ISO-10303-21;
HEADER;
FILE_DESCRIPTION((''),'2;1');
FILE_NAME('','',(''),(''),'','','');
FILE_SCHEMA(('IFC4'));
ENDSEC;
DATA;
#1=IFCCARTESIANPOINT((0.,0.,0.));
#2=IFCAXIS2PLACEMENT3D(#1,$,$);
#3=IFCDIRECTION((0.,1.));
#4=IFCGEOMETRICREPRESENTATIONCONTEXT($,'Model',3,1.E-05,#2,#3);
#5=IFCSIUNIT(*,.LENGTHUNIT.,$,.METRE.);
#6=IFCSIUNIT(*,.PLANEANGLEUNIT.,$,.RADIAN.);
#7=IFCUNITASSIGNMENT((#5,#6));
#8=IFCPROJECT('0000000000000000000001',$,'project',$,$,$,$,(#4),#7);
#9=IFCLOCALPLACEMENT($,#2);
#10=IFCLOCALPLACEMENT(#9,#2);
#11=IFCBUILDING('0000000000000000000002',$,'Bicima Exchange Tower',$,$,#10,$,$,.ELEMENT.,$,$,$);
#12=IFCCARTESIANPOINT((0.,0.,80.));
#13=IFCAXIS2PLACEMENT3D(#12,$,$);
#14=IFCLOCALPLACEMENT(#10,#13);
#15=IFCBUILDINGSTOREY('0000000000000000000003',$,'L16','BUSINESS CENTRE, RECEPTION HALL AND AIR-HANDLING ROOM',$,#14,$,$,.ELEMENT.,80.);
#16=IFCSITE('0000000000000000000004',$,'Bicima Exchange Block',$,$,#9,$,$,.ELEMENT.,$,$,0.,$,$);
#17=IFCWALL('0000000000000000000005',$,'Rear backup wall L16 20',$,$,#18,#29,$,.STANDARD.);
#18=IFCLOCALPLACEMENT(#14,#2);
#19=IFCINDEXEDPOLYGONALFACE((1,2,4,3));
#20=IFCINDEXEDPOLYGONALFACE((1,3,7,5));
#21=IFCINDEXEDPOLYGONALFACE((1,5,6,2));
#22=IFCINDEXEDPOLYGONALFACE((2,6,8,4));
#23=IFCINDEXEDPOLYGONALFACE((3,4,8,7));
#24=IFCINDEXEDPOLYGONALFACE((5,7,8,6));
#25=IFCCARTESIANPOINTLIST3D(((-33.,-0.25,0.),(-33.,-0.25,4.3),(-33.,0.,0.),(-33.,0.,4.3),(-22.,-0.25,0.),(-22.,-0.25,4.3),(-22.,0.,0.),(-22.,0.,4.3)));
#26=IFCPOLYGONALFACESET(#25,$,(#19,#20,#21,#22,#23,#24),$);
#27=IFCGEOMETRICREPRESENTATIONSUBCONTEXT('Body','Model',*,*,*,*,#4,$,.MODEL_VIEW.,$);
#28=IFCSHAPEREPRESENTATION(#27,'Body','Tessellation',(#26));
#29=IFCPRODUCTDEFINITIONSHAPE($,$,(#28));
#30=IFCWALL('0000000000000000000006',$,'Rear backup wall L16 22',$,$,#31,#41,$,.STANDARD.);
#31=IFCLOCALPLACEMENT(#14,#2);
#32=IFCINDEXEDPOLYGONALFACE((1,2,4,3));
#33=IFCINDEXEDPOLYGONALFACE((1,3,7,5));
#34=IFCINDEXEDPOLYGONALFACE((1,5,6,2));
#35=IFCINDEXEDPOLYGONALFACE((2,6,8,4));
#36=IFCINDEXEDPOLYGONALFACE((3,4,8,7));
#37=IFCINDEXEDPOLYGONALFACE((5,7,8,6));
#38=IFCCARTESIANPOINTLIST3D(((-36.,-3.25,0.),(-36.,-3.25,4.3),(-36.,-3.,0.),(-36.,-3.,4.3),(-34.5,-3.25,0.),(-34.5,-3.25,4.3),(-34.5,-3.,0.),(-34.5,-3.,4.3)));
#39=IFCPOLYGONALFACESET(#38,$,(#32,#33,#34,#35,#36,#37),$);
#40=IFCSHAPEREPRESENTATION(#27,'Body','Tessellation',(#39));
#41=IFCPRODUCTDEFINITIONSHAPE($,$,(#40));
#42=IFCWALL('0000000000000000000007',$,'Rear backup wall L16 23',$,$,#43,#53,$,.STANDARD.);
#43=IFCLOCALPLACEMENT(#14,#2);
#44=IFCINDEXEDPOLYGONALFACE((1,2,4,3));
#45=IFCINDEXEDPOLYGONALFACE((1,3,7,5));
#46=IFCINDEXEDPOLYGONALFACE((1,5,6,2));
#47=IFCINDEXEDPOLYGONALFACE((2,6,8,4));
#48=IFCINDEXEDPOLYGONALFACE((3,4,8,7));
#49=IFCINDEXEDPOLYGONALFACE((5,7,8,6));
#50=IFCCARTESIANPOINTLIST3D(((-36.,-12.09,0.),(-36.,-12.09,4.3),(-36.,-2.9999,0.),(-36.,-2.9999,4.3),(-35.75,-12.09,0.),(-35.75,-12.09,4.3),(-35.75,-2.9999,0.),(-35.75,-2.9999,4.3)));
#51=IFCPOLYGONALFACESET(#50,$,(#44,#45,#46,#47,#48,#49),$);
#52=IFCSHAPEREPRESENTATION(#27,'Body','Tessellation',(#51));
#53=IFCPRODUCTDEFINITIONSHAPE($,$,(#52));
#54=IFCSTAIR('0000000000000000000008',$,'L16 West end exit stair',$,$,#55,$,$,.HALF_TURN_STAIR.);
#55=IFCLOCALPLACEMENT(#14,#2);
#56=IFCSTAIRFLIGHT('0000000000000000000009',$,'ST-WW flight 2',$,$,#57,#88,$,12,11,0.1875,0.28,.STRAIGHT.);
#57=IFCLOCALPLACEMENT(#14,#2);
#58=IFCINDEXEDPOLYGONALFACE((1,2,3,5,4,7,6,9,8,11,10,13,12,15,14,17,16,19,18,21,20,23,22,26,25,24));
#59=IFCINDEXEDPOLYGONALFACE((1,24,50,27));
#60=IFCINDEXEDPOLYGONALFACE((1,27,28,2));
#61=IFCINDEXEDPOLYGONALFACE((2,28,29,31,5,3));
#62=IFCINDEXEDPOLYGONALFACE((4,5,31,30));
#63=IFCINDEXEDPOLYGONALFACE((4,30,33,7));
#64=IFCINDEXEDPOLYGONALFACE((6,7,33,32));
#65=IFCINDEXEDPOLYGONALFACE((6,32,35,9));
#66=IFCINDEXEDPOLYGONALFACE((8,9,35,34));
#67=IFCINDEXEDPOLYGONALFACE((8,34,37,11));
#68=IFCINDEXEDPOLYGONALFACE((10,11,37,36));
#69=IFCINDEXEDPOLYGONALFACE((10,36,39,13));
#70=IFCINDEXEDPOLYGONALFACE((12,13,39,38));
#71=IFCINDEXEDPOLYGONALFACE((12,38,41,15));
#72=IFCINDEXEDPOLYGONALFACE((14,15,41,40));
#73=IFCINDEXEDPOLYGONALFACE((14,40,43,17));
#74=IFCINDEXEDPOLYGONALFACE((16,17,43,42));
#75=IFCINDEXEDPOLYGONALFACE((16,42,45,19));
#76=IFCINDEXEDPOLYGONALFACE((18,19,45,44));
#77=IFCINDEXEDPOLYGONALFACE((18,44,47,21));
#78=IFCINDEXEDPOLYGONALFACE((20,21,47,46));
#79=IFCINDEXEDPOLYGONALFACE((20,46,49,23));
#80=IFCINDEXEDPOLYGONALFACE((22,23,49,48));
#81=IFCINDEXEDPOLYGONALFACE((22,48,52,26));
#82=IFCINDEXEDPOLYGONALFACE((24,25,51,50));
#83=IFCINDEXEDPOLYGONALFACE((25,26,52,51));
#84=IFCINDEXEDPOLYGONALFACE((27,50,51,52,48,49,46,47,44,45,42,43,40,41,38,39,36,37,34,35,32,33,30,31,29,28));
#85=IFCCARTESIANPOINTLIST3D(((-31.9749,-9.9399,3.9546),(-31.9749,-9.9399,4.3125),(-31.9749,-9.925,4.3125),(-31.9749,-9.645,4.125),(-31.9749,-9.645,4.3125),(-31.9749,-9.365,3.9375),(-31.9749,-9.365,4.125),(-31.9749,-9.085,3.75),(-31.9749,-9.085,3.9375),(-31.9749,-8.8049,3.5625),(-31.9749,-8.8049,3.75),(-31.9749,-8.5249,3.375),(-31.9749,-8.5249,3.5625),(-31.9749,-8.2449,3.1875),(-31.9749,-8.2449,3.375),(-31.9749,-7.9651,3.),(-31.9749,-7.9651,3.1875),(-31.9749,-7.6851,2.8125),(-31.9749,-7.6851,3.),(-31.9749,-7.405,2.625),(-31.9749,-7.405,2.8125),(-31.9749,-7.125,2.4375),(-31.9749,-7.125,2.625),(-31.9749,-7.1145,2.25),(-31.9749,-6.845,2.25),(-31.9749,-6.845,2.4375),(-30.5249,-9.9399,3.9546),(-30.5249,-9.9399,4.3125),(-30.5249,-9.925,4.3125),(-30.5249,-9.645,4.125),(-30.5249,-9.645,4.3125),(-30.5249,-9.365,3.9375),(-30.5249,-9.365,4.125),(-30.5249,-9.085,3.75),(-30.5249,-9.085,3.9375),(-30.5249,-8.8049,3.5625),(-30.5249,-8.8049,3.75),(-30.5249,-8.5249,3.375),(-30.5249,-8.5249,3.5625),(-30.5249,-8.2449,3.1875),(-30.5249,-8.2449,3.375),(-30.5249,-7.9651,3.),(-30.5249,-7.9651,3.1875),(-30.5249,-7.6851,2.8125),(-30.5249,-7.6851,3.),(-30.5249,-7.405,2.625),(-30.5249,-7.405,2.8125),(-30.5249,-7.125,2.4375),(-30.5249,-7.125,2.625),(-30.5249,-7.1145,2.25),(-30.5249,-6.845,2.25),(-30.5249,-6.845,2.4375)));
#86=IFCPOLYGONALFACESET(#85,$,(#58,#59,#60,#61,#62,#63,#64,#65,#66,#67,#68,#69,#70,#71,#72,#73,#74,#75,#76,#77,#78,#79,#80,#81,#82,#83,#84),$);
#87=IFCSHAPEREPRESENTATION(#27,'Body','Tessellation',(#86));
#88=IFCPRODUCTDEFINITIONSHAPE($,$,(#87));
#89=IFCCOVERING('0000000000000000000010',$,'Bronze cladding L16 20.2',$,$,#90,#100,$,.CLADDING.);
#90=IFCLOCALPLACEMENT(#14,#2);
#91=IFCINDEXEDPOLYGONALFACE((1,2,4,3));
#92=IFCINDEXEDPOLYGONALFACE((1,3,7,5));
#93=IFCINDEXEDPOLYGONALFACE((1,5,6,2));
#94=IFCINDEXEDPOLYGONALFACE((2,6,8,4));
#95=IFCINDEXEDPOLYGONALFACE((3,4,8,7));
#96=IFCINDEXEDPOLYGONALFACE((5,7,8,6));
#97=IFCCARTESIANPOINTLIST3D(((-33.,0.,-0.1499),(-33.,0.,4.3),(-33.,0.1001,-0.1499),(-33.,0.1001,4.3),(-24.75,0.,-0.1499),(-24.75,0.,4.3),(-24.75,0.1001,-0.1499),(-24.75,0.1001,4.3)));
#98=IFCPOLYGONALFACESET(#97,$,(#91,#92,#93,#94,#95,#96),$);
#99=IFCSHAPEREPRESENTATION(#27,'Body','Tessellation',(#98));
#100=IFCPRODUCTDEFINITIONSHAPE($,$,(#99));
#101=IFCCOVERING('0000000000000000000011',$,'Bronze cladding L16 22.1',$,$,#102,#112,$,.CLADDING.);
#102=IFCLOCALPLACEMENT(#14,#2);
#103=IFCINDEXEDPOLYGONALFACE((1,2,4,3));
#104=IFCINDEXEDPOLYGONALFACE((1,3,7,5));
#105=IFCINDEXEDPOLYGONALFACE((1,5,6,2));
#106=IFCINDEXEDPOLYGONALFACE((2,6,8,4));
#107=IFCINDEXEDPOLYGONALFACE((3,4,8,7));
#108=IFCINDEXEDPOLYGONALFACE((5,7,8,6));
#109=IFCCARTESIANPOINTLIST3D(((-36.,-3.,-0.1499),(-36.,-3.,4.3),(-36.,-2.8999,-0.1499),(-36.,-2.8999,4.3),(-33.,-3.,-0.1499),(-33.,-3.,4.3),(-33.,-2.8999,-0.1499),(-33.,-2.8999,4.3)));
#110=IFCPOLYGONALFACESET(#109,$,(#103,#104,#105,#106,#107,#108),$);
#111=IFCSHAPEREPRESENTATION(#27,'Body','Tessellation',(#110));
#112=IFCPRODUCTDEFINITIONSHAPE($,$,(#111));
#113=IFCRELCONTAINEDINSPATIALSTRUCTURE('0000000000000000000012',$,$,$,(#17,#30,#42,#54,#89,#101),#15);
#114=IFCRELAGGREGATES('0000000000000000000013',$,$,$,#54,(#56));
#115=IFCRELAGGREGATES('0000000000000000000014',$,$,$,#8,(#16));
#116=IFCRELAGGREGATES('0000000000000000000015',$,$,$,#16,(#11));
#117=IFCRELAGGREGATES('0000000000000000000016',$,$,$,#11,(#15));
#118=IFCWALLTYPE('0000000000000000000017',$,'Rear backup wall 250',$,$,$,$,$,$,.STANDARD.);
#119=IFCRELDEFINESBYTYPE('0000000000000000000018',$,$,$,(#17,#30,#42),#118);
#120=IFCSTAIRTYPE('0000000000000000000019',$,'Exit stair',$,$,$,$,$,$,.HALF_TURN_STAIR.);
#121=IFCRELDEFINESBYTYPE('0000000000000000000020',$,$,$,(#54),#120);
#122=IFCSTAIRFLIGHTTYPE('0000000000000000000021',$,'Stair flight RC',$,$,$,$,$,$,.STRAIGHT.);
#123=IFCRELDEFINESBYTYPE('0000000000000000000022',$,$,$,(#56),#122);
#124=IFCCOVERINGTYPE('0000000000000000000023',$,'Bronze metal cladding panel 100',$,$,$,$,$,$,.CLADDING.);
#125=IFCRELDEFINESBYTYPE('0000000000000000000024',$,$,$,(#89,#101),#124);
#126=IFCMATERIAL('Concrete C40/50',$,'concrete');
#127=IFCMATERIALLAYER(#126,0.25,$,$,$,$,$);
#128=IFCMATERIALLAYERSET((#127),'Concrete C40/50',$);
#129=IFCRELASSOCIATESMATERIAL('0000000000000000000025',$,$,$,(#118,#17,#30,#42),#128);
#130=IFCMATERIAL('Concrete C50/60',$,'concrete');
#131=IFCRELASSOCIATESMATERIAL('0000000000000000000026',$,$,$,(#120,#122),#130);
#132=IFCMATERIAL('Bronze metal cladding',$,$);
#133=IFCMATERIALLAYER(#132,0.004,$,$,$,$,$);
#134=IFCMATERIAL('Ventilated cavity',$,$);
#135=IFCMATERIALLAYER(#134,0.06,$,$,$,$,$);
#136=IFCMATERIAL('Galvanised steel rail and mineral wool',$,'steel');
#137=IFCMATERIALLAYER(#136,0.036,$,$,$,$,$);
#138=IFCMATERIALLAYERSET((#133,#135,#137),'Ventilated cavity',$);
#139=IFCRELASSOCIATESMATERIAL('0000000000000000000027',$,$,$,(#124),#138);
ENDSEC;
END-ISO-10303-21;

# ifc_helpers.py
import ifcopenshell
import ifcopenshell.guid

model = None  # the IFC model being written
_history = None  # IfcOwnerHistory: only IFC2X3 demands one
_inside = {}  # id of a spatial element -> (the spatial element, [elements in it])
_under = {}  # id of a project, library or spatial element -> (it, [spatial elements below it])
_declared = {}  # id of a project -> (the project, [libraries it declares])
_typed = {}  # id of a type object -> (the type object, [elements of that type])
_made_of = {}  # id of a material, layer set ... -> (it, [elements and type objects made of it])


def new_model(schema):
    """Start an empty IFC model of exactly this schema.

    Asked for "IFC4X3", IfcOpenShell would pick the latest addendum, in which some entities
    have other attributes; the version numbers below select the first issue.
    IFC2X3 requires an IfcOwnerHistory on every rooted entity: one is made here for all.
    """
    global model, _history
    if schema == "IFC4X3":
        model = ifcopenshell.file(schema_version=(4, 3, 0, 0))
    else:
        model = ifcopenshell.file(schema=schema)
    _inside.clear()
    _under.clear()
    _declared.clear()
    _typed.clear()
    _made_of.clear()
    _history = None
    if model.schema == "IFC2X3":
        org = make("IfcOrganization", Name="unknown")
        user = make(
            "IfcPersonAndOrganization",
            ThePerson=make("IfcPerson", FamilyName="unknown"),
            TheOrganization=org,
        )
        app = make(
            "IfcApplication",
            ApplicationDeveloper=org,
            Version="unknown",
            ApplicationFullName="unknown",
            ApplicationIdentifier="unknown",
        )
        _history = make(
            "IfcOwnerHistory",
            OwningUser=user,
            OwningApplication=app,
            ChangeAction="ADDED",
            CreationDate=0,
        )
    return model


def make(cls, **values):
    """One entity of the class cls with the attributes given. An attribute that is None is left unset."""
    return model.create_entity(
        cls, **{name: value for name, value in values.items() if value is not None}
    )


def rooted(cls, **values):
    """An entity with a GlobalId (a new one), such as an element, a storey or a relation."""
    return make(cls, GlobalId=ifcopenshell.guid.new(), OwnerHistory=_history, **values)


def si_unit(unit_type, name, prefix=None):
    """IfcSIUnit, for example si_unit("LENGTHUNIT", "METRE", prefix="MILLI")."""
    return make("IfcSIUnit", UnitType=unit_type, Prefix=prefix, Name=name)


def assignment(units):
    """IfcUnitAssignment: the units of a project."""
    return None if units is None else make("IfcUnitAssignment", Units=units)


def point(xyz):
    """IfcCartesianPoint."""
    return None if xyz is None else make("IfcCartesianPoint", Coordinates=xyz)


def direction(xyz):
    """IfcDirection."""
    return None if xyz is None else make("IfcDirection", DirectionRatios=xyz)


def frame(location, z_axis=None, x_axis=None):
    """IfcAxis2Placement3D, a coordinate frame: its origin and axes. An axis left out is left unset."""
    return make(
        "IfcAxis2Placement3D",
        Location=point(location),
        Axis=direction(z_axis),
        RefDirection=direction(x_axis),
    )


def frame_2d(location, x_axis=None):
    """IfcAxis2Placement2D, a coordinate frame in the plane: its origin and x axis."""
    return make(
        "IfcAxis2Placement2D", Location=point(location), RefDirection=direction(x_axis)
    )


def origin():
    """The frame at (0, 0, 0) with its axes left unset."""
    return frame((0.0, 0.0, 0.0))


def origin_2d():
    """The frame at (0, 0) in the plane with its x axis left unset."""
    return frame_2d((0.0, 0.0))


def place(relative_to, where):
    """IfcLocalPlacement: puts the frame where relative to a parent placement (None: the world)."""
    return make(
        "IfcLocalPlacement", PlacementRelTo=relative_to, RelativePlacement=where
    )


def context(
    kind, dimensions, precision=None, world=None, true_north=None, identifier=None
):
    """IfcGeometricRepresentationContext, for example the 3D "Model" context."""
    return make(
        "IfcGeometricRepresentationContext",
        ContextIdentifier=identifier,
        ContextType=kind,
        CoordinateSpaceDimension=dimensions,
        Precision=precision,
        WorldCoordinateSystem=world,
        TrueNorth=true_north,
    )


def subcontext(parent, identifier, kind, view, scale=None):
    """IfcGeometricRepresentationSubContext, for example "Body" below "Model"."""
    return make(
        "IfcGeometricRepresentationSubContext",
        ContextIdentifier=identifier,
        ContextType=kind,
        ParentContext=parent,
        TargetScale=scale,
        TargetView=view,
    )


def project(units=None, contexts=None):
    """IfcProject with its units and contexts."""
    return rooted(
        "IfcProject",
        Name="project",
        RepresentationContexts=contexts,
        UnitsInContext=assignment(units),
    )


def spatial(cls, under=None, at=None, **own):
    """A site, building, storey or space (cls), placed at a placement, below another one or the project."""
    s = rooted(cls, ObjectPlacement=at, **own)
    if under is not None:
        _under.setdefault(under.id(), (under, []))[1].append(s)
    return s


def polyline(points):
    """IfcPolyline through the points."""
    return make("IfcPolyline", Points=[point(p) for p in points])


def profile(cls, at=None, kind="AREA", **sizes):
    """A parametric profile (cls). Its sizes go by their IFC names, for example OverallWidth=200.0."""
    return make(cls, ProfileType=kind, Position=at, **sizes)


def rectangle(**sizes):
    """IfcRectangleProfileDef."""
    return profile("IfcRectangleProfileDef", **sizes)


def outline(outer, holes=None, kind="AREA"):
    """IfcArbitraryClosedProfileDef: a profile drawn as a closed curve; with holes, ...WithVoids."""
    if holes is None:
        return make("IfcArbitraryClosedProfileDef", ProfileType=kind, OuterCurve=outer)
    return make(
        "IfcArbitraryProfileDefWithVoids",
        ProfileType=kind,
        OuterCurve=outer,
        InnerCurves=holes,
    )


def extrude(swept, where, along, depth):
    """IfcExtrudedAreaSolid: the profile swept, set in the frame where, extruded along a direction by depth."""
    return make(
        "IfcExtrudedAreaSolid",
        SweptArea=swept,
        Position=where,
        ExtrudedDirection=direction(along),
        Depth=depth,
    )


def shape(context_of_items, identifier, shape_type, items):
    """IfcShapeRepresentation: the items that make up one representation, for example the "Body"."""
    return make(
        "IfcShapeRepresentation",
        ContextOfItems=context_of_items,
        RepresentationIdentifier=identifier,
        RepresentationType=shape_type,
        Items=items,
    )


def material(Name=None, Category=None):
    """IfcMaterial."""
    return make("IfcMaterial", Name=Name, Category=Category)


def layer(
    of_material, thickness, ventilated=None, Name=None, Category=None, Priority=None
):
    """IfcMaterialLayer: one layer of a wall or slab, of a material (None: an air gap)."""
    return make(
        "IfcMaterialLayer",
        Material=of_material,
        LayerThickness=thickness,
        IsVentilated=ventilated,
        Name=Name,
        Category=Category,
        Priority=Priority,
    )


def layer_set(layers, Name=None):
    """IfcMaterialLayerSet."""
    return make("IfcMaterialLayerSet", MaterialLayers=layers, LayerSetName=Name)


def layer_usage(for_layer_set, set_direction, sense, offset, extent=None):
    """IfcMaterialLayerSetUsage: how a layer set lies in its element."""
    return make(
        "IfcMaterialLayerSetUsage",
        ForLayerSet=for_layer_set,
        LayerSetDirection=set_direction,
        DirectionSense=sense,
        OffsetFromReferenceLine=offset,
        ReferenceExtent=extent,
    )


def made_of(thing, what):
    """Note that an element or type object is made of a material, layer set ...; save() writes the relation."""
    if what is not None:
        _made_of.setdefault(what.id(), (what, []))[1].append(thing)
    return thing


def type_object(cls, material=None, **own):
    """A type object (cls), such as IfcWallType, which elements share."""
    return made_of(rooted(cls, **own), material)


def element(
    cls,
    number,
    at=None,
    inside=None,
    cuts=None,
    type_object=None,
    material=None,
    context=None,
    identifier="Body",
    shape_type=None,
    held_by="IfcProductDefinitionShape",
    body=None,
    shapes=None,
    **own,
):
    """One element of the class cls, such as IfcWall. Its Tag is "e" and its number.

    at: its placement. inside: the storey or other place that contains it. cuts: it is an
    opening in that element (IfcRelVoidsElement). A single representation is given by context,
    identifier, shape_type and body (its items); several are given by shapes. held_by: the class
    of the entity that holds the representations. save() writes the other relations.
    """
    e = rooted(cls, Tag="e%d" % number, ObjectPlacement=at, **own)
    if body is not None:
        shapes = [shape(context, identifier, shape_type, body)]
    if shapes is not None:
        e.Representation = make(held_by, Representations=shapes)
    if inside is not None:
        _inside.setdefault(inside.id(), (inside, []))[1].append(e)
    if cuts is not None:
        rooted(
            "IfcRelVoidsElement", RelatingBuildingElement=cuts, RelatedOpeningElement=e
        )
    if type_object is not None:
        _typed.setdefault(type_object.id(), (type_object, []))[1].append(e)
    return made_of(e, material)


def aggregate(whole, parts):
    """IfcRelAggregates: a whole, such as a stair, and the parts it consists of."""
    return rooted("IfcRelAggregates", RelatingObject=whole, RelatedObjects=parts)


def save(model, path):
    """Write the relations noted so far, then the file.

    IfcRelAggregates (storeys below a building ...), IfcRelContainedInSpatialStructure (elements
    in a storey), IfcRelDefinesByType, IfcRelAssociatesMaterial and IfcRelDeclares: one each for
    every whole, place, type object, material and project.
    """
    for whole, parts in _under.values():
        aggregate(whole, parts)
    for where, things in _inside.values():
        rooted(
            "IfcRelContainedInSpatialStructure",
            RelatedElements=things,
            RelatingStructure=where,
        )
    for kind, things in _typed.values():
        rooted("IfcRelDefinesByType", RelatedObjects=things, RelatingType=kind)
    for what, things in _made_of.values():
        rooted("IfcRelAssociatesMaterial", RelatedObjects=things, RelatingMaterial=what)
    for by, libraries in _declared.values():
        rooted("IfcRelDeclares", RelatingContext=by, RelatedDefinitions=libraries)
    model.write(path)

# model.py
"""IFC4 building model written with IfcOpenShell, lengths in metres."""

from ifc_helpers import new_model, si_unit, direction, frame, frame_2d, origin, origin_2d, place, context, subcontext, project, spatial, polyline, rectangle, outline, extrude, material, layer, layer_set, layer_usage, type_object, element, aggregate, save


model = new_model("IFC4")

# Units and contexts
model_context = context("Model", 3, precision=1e-05, world=origin(), true_north=direction((0.0, 1.0)))
body_context = subcontext(model_context, "Body", "Model", "MODEL_VIEW")
ifc_project = project(units=[si_unit("LENGTHUNIT", "METRE"), si_unit("PLANEANGLEUNIT", "RADIAN")], contexts=[model_context])

# Site, building, storey
site_placement = place(None, origin())
site = spatial("IfcSite", under=ifc_project, at=site_placement, Name="Bicima Exchange Block", CompositionType="ELEMENT", RefElevation=0.0)
building_placement = place(site_placement, origin())
building = spatial("IfcBuilding", under=site, at=building_placement, Name="Bicima Exchange Tower", CompositionType="ELEMENT")
storey_placement = place(building_placement, frame((0.0, 0.0, 80.0)))
storey = spatial("IfcBuildingStorey", under=building, at=storey_placement, Name="L16", Description="BUSINESS CENTRE, RECEPTION HALL AND AIR-HANDLING ROOM", CompositionType="ELEMENT", Elevation=80.0)

# Walls
ifc_material_1 = material(Name="Concrete C50/60", Category="concrete")
ifc_material_2 = material(Name="Concrete C40/50", Category="concrete")
ifc_layer_1 = layer(ifc_material_2, 0.25)
ifc_layer_set_1 = layer_set([ifc_layer_1], Name="Concrete C40/50")
ifc_layer_usage = layer_usage(ifc_layer_set_1, "AXIS2", "POSITIVE", -0.125)
wall_type_1 = type_object("IfcWallType", Name="Rear backup wall 250", PredefinedType="STANDARD", material=ifc_layer_set_1)
wall_1_placement = place(storey_placement, frame((-22.0, -0.125, 0.0), z_axis=(0.0, 0.0, 1.0), x_axis=(-1.0, 0.0, 0.0)))
element("IfcWall", 1, at=wall_1_placement, inside=storey, type_object=wall_type_1, material=ifc_layer_usage, Name="Rear backup wall L16 20", PredefinedType="STANDARD", context=body_context, shape_type="SweptSolid", body=[
    extrude(rectangle(XDim=11.0, YDim=0.25, at=frame_2d((5.5, 0.0))), origin(), (0.0, 0.0, 1.0), 4.3),
])
wall_2_placement = place(storey_placement, frame((-34.5, -3.125, 0.0), z_axis=(0.0, 0.0, 1.0), x_axis=(-1.0, 0.0, 0.0)))
element("IfcWall", 2, at=wall_2_placement, inside=storey, type_object=wall_type_1, material=ifc_layer_usage, Name="Rear backup wall L16 22", PredefinedType="STANDARD", context=body_context, shape_type="SweptSolid", body=[
    extrude(rectangle(XDim=1.5, YDim=0.25, at=frame_2d((0.75, 0.0))), origin(), (0.0, 0.0, 1.0), 4.3),
])
wall_3_placement = place(storey_placement, frame((-35.875, -3.0, 0.0), z_axis=(0.0, 0.0, 1.0), x_axis=(0.0, -1.0, 0.0)))
element("IfcWall", 3, at=wall_3_placement, inside=storey, type_object=wall_type_1, material=ifc_layer_usage, Name="Rear backup wall L16 23", PredefinedType="STANDARD", context=body_context, shape_type="SweptSolid", body=[
    extrude(rectangle(XDim=9.0901, YDim=0.25, at=frame_2d((4.5449, 0.0))), origin(), (0.0, 0.0, 1.0), 4.3),
])

# Stair, stair flight
stair_type = type_object("IfcStairType", Name="Exit stair", PredefinedType="HALF_TURN_STAIR", material=ifc_material_1)
stair_placement = place(storey_placement, origin())
stair = element("IfcStair", 4, at=stair_placement, inside=storey, type_object=stair_type, Name="L16 West end exit stair", PredefinedType="HALF_TURN_STAIR")
stair_flight_type = type_object("IfcStairFlightType", Name="Stair flight RC", PredefinedType="STRAIGHT", material=ifc_material_1)
stair_flight_placement = place(storey_placement, frame((-31.25, -6.845, 2.25), z_axis=(0.0, 0.0, 1.0), x_axis=(0.0, -1.0, 0.0)))
stair_flight = element("IfcStairFlight", 5, at=stair_flight_placement, type_object=stair_flight_type, Name="ST-WW flight 2", NumberOfRisers=12, NumberOfTreads=11, PredefinedType="STRAIGHT", RiserHeight=0.1875, TreadLength=0.28, context=body_context, shape_type="SweptSolid", body=[
    extrude(outline(polyline([(0.0, 0.0), (0.0, 0.1875), (0.28, 0.1875), (0.28, 0.375), (0.5601, 0.375), (0.5601, 0.5625), (0.8401, 0.5625), (0.8401, 0.75), (1.1201, 0.75), (1.1201, 0.9375), (1.3999, 0.9375), (1.3999, 1.125), (1.6799, 1.125), (1.6799, 1.3125), (1.96, 1.3125), (1.96, 1.5), (2.24, 1.5), (2.24, 1.6875), (2.52, 1.6875), (2.52, 1.875), (2.8, 1.875), (2.8, 2.0625), (3.0801, 2.0625), (3.095, 2.0625), (3.095, 1.7046), (0.2695, 0.0), (0.0, 0.0)])), frame((0.0, 0.7251, 0.0), z_axis=(0.0, -1.0, 0.0), x_axis=(1.0, 0.0, 0.0)), (0.0, 0.0, 1.0), 1.45),
])
aggregate(stair, [stair_flight])

# Coverings
ifc_material_3 = material(Name="Bronze metal cladding")
ifc_layer_2 = layer(ifc_material_3, 0.004)
ifc_material_4 = material(Name="Ventilated cavity")
ifc_layer_3 = layer(ifc_material_4, 0.06)
ifc_material_5 = material(Name="Galvanised steel rail and mineral wool", Category="steel")
ifc_layer_4 = layer(ifc_material_5, 0.036)
ifc_layer_set_2 = layer_set([ifc_layer_2, ifc_layer_3, ifc_layer_4], Name="Ventilated cavity")
covering_type = type_object("IfcCoveringType", Name="Bronze metal cladding panel 100", PredefinedType="CLADDING", material=ifc_layer_set_2)
covering_1_placement = place(storey_placement, frame((-28.875, 0.05, -0.1499), z_axis=(0.0, 0.0, 1.0), x_axis=(-1.0, 0.0, 0.0)))
element("IfcCovering", 6, at=covering_1_placement, inside=storey, type_object=covering_type, Name="Bronze cladding L16 20.2", PredefinedType="CLADDING", context=body_context, shape_type="SweptSolid", body=[
    extrude(rectangle(XDim=8.25, YDim=0.1001, at=origin_2d()), origin(), (0.0, 0.0, 1.0), 4.45),
])
covering_2_placement = place(storey_placement, frame((-34.5, -2.95, -0.1499), z_axis=(0.0, 0.0, 1.0), x_axis=(-1.0, 0.0, 0.0)))
element("IfcCovering", 7, at=covering_2_placement, inside=storey, type_object=covering_type, Name="Bronze cladding L16 22.1", PredefinedType="CLADDING", context=body_context, shape_type="SweptSolid", body=[
    extrude(rectangle(XDim=3.0, YDim=0.1001, at=origin_2d()), origin(), (0.0, 0.0, 1.0), 4.45),
])

save(model, "model.ifc")
